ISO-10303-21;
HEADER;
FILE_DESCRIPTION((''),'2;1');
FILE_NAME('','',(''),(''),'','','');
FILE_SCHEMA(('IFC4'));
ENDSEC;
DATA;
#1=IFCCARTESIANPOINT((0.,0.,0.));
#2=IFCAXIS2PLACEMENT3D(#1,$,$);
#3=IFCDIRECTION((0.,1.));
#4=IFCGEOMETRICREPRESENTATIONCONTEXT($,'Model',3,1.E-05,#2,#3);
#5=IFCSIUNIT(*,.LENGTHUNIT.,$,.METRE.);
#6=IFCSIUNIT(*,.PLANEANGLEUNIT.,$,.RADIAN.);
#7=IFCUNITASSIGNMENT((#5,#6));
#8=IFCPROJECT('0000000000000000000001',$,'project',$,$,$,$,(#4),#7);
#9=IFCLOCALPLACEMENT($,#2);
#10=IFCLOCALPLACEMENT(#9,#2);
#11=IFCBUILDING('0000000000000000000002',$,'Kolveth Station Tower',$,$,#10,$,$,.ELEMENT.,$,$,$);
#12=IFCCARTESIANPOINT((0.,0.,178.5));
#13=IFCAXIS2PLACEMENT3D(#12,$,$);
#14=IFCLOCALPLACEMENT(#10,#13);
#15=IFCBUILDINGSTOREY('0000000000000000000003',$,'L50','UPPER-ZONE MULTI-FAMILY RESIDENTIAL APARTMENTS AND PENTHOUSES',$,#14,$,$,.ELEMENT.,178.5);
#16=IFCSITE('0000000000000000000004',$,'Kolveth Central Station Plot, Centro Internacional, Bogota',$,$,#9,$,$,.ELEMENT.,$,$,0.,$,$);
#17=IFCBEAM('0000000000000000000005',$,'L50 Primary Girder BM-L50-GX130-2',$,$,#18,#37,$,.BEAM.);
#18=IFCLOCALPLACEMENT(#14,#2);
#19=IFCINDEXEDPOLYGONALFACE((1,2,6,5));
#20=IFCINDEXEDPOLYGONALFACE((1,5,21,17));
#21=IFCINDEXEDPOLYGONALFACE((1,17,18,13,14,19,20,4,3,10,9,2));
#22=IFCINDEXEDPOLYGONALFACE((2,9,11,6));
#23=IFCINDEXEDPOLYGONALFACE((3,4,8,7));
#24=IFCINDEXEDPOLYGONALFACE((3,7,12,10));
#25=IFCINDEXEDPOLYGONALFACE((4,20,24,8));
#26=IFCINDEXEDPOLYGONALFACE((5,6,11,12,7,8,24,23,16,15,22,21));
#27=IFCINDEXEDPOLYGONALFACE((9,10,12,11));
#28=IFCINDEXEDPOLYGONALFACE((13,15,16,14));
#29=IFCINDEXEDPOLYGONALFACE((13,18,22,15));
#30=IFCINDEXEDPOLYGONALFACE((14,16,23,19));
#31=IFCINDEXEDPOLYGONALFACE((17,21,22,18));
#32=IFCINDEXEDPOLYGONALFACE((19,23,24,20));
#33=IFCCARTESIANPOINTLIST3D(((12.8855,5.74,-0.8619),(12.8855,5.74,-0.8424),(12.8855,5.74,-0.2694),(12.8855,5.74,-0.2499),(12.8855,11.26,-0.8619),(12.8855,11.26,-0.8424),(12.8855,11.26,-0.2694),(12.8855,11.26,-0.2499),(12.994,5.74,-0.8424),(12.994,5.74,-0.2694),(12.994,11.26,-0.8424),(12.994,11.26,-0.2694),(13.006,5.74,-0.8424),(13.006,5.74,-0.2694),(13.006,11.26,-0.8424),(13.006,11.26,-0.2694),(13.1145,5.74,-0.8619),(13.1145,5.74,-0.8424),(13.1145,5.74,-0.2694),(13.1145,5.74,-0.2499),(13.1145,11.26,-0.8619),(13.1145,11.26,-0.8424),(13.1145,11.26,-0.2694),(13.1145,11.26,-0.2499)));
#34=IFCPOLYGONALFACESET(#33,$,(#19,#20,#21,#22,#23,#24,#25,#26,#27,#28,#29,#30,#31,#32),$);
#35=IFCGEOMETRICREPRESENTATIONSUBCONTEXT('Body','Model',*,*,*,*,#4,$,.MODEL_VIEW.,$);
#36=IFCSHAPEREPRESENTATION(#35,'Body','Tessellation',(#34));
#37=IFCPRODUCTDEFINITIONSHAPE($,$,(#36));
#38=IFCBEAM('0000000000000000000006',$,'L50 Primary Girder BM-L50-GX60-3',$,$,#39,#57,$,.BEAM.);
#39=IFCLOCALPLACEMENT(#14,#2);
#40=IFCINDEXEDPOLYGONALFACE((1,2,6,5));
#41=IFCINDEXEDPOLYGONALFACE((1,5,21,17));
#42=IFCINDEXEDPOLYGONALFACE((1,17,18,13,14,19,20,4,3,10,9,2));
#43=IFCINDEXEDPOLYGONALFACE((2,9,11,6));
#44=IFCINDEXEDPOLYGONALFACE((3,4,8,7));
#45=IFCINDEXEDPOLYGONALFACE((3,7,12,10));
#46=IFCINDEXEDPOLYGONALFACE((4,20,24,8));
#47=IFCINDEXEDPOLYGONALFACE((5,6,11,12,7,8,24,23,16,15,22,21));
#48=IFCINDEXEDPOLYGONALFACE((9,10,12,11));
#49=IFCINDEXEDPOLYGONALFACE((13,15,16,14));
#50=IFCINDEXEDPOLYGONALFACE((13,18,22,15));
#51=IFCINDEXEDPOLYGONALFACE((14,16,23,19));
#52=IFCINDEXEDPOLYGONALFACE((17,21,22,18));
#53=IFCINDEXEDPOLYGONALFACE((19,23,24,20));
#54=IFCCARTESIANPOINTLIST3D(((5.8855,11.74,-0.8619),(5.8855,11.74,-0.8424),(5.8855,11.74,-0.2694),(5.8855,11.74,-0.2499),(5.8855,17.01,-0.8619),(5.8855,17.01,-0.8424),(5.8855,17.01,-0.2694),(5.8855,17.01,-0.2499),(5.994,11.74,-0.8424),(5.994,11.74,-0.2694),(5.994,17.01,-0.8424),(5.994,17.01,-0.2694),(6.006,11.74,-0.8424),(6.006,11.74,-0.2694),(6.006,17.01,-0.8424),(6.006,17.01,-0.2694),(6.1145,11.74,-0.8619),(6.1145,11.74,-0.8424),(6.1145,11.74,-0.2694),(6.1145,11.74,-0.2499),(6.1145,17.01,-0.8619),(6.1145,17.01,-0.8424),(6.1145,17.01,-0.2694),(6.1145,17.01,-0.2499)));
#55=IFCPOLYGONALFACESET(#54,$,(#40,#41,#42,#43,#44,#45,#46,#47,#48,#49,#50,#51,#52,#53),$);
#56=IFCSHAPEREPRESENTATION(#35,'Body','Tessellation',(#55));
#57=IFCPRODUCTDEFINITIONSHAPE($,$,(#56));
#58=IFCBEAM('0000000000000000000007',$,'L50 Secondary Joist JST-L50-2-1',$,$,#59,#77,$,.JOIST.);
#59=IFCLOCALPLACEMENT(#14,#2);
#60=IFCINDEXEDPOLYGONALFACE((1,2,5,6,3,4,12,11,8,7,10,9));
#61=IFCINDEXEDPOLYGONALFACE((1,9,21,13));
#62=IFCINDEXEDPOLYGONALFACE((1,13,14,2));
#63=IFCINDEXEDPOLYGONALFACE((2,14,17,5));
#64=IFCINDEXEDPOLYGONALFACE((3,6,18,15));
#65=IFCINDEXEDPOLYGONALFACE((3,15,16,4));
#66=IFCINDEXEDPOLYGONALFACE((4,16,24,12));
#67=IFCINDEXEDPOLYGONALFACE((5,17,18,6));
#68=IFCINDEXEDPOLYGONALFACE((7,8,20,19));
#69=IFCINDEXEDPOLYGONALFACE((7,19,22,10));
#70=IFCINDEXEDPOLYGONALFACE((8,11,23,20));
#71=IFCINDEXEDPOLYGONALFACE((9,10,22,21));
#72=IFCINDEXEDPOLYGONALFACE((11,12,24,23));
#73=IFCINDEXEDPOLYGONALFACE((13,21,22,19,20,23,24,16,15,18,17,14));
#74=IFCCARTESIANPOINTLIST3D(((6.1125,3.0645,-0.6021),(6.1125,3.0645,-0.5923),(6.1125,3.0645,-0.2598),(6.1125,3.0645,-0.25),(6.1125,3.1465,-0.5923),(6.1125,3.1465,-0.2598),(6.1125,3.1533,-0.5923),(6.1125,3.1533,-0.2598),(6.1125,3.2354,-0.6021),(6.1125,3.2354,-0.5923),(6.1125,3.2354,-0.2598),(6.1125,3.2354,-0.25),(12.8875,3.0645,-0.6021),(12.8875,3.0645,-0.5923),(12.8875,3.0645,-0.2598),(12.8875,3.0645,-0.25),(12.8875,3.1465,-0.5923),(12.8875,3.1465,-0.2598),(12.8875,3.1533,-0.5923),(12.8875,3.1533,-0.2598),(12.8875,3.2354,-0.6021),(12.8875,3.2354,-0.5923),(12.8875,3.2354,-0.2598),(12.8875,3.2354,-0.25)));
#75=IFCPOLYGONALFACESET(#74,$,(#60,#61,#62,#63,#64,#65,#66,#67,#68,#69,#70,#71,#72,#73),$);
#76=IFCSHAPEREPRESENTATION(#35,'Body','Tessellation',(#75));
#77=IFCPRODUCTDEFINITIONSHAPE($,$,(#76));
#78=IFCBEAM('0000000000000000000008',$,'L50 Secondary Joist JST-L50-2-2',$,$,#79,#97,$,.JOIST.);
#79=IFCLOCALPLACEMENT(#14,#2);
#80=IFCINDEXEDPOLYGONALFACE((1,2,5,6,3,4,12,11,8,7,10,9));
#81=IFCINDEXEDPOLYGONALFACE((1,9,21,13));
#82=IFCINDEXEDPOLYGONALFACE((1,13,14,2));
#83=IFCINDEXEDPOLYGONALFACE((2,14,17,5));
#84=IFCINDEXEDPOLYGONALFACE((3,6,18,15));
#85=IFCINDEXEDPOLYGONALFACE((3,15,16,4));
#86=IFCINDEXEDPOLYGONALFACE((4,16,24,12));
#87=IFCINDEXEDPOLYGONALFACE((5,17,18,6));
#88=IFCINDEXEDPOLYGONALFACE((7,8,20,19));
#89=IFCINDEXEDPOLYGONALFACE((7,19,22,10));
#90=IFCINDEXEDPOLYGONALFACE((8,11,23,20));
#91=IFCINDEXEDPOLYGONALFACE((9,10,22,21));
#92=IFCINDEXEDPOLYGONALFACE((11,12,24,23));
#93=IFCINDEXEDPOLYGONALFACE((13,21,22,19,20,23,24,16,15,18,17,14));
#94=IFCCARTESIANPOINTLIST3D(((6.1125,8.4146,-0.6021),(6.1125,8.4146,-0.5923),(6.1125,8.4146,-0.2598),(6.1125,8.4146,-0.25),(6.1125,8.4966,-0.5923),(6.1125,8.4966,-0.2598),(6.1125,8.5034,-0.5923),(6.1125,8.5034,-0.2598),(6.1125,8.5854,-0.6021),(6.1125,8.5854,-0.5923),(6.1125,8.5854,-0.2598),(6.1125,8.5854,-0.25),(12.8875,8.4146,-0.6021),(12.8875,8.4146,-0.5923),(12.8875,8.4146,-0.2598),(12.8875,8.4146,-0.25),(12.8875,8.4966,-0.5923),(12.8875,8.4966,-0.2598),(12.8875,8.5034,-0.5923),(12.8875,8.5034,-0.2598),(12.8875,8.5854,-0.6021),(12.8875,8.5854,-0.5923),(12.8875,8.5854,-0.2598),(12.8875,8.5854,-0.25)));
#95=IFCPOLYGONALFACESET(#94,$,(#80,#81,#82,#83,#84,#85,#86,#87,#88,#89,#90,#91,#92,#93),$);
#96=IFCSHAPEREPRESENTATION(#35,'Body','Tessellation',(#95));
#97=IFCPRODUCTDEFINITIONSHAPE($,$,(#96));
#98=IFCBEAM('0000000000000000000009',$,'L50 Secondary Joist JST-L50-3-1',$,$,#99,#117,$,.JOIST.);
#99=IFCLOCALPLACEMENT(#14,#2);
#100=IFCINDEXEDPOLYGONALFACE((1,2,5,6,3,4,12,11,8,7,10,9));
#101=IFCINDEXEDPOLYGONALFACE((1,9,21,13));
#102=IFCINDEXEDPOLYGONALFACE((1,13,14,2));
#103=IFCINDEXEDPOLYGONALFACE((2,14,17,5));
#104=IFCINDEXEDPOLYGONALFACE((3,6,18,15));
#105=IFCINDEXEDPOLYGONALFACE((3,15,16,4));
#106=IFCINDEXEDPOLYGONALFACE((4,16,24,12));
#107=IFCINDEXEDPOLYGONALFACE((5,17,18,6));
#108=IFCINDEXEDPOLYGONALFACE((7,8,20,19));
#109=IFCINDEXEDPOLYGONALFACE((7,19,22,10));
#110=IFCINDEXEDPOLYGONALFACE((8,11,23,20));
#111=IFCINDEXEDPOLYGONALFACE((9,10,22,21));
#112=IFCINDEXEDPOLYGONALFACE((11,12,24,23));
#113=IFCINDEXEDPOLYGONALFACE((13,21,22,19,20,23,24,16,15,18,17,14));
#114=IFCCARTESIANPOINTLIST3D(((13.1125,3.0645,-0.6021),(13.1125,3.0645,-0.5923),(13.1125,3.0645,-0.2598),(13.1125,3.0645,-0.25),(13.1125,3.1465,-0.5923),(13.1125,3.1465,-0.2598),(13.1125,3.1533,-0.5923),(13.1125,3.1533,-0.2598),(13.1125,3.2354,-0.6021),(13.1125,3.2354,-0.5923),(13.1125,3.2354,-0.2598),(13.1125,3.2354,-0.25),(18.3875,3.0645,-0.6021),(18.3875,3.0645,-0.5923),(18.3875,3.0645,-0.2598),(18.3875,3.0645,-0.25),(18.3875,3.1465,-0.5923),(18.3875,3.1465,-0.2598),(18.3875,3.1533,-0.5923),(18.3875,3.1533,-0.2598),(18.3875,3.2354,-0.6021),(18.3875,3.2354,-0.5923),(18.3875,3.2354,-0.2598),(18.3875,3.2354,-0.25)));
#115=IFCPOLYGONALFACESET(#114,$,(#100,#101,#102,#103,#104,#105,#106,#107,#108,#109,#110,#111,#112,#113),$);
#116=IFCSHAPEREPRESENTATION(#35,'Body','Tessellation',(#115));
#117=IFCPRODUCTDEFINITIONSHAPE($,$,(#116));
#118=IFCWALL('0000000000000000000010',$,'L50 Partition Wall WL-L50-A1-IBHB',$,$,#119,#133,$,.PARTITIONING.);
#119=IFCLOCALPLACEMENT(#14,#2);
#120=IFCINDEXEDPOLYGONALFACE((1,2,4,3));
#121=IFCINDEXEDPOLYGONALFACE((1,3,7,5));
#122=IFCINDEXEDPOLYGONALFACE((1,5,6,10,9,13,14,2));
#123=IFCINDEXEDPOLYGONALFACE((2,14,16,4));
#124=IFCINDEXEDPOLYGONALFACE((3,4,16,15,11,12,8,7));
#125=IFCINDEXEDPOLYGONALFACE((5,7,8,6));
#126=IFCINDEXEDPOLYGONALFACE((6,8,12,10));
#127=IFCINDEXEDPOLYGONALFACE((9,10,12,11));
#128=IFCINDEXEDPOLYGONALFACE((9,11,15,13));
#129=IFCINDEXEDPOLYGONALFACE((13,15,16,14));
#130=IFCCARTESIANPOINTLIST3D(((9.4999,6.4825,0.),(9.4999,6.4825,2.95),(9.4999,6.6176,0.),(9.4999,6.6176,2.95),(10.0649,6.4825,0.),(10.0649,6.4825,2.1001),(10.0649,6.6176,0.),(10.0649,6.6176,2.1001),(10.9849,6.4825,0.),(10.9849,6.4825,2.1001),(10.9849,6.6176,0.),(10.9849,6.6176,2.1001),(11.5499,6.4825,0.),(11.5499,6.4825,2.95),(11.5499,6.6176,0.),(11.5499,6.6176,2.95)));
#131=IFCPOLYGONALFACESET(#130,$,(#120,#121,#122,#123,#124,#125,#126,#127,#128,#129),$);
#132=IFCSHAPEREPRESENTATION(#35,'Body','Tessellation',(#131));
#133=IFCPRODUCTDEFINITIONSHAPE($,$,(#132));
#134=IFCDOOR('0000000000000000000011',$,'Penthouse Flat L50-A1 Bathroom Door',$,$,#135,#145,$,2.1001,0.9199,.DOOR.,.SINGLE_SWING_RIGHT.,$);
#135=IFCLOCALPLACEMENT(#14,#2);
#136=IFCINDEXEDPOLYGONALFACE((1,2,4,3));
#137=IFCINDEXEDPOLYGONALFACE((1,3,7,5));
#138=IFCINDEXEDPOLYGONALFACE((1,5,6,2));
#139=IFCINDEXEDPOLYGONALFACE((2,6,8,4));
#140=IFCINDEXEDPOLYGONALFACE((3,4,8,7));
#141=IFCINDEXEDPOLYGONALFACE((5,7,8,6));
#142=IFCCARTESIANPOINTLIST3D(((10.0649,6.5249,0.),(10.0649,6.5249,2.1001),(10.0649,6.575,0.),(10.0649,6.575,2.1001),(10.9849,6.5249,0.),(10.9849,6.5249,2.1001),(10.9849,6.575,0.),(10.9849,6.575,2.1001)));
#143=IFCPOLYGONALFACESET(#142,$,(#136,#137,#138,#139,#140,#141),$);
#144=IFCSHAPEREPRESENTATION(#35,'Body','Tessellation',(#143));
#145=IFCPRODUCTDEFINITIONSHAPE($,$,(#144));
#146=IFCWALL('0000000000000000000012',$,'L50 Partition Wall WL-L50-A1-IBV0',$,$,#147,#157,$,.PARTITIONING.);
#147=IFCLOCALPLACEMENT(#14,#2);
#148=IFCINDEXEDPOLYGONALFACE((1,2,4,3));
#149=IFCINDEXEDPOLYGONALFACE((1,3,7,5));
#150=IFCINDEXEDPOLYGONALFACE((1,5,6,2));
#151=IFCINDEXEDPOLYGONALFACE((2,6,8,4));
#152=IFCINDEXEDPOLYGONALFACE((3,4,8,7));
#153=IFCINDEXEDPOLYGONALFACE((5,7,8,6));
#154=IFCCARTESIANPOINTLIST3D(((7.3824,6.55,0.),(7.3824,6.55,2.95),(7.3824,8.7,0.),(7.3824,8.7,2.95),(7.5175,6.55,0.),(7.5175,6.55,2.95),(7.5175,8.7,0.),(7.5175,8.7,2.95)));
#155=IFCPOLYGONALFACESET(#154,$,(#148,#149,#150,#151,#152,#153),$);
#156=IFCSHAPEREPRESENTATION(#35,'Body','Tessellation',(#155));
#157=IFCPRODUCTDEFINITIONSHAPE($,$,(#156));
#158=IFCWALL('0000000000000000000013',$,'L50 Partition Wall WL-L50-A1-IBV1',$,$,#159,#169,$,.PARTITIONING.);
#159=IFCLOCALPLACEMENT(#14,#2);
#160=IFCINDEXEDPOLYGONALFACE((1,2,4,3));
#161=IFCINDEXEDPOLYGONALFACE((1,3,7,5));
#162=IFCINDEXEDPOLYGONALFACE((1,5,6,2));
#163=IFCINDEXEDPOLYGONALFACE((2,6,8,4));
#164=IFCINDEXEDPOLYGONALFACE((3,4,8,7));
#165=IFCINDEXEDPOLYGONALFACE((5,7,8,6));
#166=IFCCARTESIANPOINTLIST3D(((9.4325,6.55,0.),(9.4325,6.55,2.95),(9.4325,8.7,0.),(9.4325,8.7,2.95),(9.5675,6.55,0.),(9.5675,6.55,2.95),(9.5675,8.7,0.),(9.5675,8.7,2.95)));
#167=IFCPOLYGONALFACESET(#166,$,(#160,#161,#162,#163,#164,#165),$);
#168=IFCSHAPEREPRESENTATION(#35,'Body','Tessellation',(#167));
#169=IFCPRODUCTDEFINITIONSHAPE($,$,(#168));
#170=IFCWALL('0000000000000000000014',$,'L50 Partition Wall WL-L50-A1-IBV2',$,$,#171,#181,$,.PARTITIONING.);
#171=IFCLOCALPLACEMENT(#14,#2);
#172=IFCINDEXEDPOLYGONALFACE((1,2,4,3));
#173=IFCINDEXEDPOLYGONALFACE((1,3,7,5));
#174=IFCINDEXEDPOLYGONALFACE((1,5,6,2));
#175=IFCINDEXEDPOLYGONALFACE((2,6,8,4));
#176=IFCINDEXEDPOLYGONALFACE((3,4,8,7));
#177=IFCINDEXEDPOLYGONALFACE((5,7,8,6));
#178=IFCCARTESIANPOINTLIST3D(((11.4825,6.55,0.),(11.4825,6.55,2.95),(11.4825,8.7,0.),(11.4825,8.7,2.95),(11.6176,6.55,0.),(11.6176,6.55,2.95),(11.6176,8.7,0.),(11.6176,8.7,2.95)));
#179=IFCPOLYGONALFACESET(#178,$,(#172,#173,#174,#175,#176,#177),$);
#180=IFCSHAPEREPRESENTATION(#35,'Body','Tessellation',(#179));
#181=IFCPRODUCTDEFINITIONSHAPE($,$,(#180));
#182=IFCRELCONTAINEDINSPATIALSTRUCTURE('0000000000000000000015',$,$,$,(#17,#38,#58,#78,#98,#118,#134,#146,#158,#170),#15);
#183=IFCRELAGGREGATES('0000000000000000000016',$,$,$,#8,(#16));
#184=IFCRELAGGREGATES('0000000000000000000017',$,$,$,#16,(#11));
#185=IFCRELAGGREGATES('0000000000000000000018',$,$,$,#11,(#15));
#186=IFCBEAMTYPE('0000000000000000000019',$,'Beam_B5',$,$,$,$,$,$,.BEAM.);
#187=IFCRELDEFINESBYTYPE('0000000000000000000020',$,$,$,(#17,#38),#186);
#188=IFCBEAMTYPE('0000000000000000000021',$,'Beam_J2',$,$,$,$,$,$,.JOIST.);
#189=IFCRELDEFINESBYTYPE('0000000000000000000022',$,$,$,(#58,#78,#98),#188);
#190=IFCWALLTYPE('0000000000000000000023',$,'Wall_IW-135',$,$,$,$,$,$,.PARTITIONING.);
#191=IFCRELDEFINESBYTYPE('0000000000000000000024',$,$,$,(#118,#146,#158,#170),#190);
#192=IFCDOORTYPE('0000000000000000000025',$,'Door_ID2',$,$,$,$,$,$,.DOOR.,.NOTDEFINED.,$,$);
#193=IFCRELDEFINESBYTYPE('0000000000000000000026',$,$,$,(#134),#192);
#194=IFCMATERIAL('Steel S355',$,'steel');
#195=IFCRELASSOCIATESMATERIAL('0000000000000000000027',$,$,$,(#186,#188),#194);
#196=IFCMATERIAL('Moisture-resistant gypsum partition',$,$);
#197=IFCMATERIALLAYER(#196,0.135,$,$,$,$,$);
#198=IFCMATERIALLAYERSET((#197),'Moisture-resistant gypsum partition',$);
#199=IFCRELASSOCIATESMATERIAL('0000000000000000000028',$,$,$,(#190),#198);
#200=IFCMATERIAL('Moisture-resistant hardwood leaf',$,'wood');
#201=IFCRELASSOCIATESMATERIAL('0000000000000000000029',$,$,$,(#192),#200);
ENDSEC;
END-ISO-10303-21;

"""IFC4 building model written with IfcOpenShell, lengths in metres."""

from ifc_helpers import new_model, si_unit, direction, frame, frame_2d, origin, origin_2d, place, context, subcontext, project, spatial, rectangle, i_section, extrude, source, transform, mapped, material, layer, layer_set, material_profile, profile_set, type_object, element, fill, save


model = new_model("IFC4")

# Units and contexts
model_context = context("Model", 3, precision=1e-05, world=origin(), true_north=direction((0.0, 1.0)))
body_context = subcontext(model_context, "Body", "Model", "MODEL_VIEW")
ifc_project = project(units=[si_unit("LENGTHUNIT", "METRE"), si_unit("PLANEANGLEUNIT", "RADIAN")], contexts=[model_context])

# Site, building, storey
site_placement = place(None, origin())
site = spatial("IfcSite", under=ifc_project, at=site_placement, Name="Kolveth Central Station Plot, Centro Internacional, Bogota", CompositionType="ELEMENT", RefElevation=0.0)
building_placement = place(site_placement, origin())
building = spatial("IfcBuilding", under=site, at=building_placement, Name="Kolveth Station Tower", CompositionType="ELEMENT")
storey_placement = place(building_placement, frame((0.0, 0.0, 178.5)))
storey = spatial("IfcBuildingStorey", under=building, at=storey_placement, Name="L50", Description="UPPER-ZONE MULTI-FAMILY RESIDENTIAL APARTMENTS AND PENTHOUSES", CompositionType="ELEMENT", Elevation=178.5)

# Shared definitions
ifc_material_1 = material(Name="Steel S355", Category="steel")

# Beams
ifc_material_profile_1 = material_profile(ifc_material_1, i_section(OverallWidth=0.229, OverallDepth=0.6121, WebThickness=0.012, FlangeThickness=0.0195, at=origin_2d()), Name="W610x125")
ifc_profile_set_1 = profile_set([ifc_material_profile_1], Name="Steel S355")
beam_type_1 = type_object("IfcBeamType", Name="Beam_B5", PredefinedType="BEAM", material=ifc_profile_set_1)
shared_shape_1 = source(origin(), body_context, "Body", "SweptSolid", [
    extrude(i_section(OverallWidth=0.229, OverallDepth=0.6121, WebThickness=0.012, FlangeThickness=0.0195, at=origin_2d()), origin(), (0.0, 0.0, 1.0), 5.52),
])
for number, where, z_axis, x_axis, name in (
    (1, (13.0, 5.74, -0.5559), (0.0, 1.0, 0.0), (-1.0, 0.0, 0.0), "L50 Primary Girder BM-L50-GX130-2"),
):
    element("IfcBeam", number, at=place(storey_placement, frame(where, z_axis=z_axis, x_axis=x_axis)), inside=storey, type_object=beam_type_1, Name=name, PredefinedType="BEAM", context=body_context, shape_type="MappedRepresentation", body=[
        mapped(shared_shape_1, transform((0.0, 0.0, 0.0), x_axis=(1.0, 0.0, 0.0), y_axis=(0.0, 1.0, 0.0), z_axis=(0.0, 0.0, 1.0), scale=1.0)),
    ])
shared_shape_2 = source(origin(), body_context, "Body", "SweptSolid", [
    extrude(i_section(OverallWidth=0.229, OverallDepth=0.6121, WebThickness=0.012, FlangeThickness=0.0195, at=origin_2d()), origin(), (0.0, 0.0, 1.0), 5.27),
])
beam_1_placement = place(storey_placement, frame((6.0, 11.74, -0.5559), z_axis=(0.0, 1.0, 0.0), x_axis=(-1.0, 0.0, 0.0)))
element("IfcBeam", 2, at=beam_1_placement, inside=storey, type_object=beam_type_1, Name="L50 Primary Girder BM-L50-GX60-3", PredefinedType="BEAM", context=body_context, shape_type="MappedRepresentation", body=[
    mapped(shared_shape_2, transform((0.0, 0.0, 0.0), x_axis=(1.0, 0.0, 0.0), y_axis=(0.0, 1.0, 0.0), z_axis=(0.0, 0.0, 1.0), scale=1.0)),
])
ifc_material_profile_2 = material_profile(ifc_material_1, i_section(OverallWidth=0.1709, OverallDepth=0.3521, WebThickness=0.0068, FlangeThickness=0.0098, at=origin_2d()), Name="W360x44")
ifc_profile_set_2 = profile_set([ifc_material_profile_2], Name="Steel S355")
beam_type_2 = type_object("IfcBeamType", Name="Beam_J2", PredefinedType="JOIST", material=ifc_profile_set_2)
shared_shape_3 = source(origin(), body_context, "Body", "SweptSolid", [
    extrude(i_section(OverallWidth=0.1709, OverallDepth=0.3521, WebThickness=0.0068, FlangeThickness=0.0098, at=origin_2d()), origin(), (0.0, 0.0, 1.0), 6.7749),
])
for number, where, z_axis, x_axis, name in (
    (3, (6.1125, 3.1499, -0.426), (1.0, 0.0, 0.0), (0.0, 1.0, 0.0), "L50 Secondary Joist JST-L50-2-1"),
    (4, (6.1125, 8.5, -0.426), (1.0, 0.0, 0.0), (0.0, 1.0, 0.0), "L50 Secondary Joist JST-L50-2-2"),
):
    element("IfcBeam", number, at=place(storey_placement, frame(where, z_axis=z_axis, x_axis=x_axis)), inside=storey, type_object=beam_type_2, Name=name, PredefinedType="JOIST", context=body_context, shape_type="MappedRepresentation", body=[
        mapped(shared_shape_3, transform((0.0, 0.0, 0.0), x_axis=(1.0, 0.0, 0.0), y_axis=(0.0, 1.0, 0.0), z_axis=(0.0, 0.0, 1.0), scale=1.0)),
    ])
shared_shape_4 = source(origin(), body_context, "Body", "SweptSolid", [
    extrude(i_section(OverallWidth=0.1709, OverallDepth=0.3521, WebThickness=0.0068, FlangeThickness=0.0098, at=origin_2d()), origin(), (0.0, 0.0, 1.0), 5.2749),
])
beam_2_placement = place(storey_placement, frame((13.1125, 3.1499, -0.426), z_axis=(1.0, 0.0, 0.0), x_axis=(0.0, 1.0, 0.0)))
element("IfcBeam", 5, at=beam_2_placement, inside=storey, type_object=beam_type_2, Name="L50 Secondary Joist JST-L50-3-1", PredefinedType="JOIST", context=body_context, shape_type="MappedRepresentation", body=[
    mapped(shared_shape_4, transform((0.0, 0.0, 0.0), x_axis=(1.0, 0.0, 0.0), y_axis=(0.0, 1.0, 0.0), z_axis=(0.0, 0.0, 1.0), scale=1.0)),
])

# Wall, opening, door
ifc_material_2 = material(Name="Moisture-resistant gypsum partition")
ifc_layer_1 = layer(ifc_material_2, 0.135)
ifc_layer_set_1 = layer_set([ifc_layer_1], Name="Moisture-resistant gypsum partition")
wall_type_1 = type_object("IfcWallType", Name="Wall_IW-135", PredefinedType="PARTITIONING", material=ifc_layer_set_1)
wall_1_placement = place(storey_placement, frame((9.5, 6.55, 0.0), z_axis=(0.0, 0.0, 1.0), x_axis=(1.0, 0.0, 0.0)))
wall_1 = element("IfcWall", 6, at=wall_1_placement, inside=storey, type_object=wall_type_1, Name="L50 Partition Wall WL-L50-A1-IBHB", PredefinedType="PARTITIONING", context=body_context, shape_type="SweptSolid", body=[
    extrude(rectangle(XDim=2.05, YDim=0.135, at=frame_2d((1.0249, 0.0))), origin(), (0.0, 0.0, 1.0), 2.95),
])
opening_1_placement = place(wall_1_placement, frame((0.5649, 0.0, 0.0)))
opening_1 = element("IfcOpeningElement", 7, at=opening_1_placement, cuts=wall_1, PredefinedType="OPENING", context=body_context, shape_type="SweptSolid", body=[
    extrude(rectangle(XDim=0.9199, YDim=2.1001, at=frame_2d((0.46, 1.05))), frame((0.0, 0.0774, 0.0), z_axis=(0.0, -1.0, 0.0), x_axis=(1.0, 0.0, 0.0)), (0.0, 0.0, 1.0), 0.155),
])
ifc_material_3 = material(Name="Moisture-resistant hardwood leaf", Category="wood")
door_type_1 = type_object("IfcDoorType", Name="Door_ID2", OperationType="NOTDEFINED", PredefinedType="DOOR", material=ifc_material_3)
door_1_placement = place(opening_1_placement, origin())
door_1 = element("IfcDoor", 8, at=door_1_placement, inside=storey, type_object=door_type_1, Name="Penthouse Flat L50-A1 Bathroom Door", OperationType="SINGLE_SWING_RIGHT", OverallHeight=2.1001, OverallWidth=0.9199, PredefinedType="DOOR", context=body_context, shape_type="SweptSolid", body=[
    extrude(rectangle(XDim=0.9199, YDim=2.1001, at=frame_2d((0.46, 1.05))), frame((0.0, 0.0249, 0.0), z_axis=(0.0, -1.0, 0.0), x_axis=(1.0, 0.0, 0.0)), (0.0, 0.0, 1.0), 0.05),
])
fill(opening_1, door_1)

# Walls
for number, where, z_axis, x_axis, name in (
    (9, (7.45, 6.55, 0.0), (0.0, 0.0, 1.0), (0.0, 1.0, 0.0), "L50 Partition Wall WL-L50-A1-IBV0"),
    (10, (9.5, 6.55, 0.0), (0.0, 0.0, 1.0), (0.0, 1.0, 0.0), "L50 Partition Wall WL-L50-A1-IBV1"),
    (11, (11.55, 6.55, 0.0), (0.0, 0.0, 1.0), (0.0, 1.0, 0.0), "L50 Partition Wall WL-L50-A1-IBV2"),
):
    element("IfcWall", number, at=place(storey_placement, frame(where, z_axis=z_axis, x_axis=x_axis)), inside=storey, type_object=wall_type_1, Name=name, PredefinedType="PARTITIONING", context=body_context, shape_type="SweptSolid", body=[
        extrude(rectangle(XDim=2.1499, YDim=0.135, at=frame_2d((1.075, 0.0))), origin(), (0.0, 0.0, 1.0), 2.95),
    ])

save(model, "model.ifc")
